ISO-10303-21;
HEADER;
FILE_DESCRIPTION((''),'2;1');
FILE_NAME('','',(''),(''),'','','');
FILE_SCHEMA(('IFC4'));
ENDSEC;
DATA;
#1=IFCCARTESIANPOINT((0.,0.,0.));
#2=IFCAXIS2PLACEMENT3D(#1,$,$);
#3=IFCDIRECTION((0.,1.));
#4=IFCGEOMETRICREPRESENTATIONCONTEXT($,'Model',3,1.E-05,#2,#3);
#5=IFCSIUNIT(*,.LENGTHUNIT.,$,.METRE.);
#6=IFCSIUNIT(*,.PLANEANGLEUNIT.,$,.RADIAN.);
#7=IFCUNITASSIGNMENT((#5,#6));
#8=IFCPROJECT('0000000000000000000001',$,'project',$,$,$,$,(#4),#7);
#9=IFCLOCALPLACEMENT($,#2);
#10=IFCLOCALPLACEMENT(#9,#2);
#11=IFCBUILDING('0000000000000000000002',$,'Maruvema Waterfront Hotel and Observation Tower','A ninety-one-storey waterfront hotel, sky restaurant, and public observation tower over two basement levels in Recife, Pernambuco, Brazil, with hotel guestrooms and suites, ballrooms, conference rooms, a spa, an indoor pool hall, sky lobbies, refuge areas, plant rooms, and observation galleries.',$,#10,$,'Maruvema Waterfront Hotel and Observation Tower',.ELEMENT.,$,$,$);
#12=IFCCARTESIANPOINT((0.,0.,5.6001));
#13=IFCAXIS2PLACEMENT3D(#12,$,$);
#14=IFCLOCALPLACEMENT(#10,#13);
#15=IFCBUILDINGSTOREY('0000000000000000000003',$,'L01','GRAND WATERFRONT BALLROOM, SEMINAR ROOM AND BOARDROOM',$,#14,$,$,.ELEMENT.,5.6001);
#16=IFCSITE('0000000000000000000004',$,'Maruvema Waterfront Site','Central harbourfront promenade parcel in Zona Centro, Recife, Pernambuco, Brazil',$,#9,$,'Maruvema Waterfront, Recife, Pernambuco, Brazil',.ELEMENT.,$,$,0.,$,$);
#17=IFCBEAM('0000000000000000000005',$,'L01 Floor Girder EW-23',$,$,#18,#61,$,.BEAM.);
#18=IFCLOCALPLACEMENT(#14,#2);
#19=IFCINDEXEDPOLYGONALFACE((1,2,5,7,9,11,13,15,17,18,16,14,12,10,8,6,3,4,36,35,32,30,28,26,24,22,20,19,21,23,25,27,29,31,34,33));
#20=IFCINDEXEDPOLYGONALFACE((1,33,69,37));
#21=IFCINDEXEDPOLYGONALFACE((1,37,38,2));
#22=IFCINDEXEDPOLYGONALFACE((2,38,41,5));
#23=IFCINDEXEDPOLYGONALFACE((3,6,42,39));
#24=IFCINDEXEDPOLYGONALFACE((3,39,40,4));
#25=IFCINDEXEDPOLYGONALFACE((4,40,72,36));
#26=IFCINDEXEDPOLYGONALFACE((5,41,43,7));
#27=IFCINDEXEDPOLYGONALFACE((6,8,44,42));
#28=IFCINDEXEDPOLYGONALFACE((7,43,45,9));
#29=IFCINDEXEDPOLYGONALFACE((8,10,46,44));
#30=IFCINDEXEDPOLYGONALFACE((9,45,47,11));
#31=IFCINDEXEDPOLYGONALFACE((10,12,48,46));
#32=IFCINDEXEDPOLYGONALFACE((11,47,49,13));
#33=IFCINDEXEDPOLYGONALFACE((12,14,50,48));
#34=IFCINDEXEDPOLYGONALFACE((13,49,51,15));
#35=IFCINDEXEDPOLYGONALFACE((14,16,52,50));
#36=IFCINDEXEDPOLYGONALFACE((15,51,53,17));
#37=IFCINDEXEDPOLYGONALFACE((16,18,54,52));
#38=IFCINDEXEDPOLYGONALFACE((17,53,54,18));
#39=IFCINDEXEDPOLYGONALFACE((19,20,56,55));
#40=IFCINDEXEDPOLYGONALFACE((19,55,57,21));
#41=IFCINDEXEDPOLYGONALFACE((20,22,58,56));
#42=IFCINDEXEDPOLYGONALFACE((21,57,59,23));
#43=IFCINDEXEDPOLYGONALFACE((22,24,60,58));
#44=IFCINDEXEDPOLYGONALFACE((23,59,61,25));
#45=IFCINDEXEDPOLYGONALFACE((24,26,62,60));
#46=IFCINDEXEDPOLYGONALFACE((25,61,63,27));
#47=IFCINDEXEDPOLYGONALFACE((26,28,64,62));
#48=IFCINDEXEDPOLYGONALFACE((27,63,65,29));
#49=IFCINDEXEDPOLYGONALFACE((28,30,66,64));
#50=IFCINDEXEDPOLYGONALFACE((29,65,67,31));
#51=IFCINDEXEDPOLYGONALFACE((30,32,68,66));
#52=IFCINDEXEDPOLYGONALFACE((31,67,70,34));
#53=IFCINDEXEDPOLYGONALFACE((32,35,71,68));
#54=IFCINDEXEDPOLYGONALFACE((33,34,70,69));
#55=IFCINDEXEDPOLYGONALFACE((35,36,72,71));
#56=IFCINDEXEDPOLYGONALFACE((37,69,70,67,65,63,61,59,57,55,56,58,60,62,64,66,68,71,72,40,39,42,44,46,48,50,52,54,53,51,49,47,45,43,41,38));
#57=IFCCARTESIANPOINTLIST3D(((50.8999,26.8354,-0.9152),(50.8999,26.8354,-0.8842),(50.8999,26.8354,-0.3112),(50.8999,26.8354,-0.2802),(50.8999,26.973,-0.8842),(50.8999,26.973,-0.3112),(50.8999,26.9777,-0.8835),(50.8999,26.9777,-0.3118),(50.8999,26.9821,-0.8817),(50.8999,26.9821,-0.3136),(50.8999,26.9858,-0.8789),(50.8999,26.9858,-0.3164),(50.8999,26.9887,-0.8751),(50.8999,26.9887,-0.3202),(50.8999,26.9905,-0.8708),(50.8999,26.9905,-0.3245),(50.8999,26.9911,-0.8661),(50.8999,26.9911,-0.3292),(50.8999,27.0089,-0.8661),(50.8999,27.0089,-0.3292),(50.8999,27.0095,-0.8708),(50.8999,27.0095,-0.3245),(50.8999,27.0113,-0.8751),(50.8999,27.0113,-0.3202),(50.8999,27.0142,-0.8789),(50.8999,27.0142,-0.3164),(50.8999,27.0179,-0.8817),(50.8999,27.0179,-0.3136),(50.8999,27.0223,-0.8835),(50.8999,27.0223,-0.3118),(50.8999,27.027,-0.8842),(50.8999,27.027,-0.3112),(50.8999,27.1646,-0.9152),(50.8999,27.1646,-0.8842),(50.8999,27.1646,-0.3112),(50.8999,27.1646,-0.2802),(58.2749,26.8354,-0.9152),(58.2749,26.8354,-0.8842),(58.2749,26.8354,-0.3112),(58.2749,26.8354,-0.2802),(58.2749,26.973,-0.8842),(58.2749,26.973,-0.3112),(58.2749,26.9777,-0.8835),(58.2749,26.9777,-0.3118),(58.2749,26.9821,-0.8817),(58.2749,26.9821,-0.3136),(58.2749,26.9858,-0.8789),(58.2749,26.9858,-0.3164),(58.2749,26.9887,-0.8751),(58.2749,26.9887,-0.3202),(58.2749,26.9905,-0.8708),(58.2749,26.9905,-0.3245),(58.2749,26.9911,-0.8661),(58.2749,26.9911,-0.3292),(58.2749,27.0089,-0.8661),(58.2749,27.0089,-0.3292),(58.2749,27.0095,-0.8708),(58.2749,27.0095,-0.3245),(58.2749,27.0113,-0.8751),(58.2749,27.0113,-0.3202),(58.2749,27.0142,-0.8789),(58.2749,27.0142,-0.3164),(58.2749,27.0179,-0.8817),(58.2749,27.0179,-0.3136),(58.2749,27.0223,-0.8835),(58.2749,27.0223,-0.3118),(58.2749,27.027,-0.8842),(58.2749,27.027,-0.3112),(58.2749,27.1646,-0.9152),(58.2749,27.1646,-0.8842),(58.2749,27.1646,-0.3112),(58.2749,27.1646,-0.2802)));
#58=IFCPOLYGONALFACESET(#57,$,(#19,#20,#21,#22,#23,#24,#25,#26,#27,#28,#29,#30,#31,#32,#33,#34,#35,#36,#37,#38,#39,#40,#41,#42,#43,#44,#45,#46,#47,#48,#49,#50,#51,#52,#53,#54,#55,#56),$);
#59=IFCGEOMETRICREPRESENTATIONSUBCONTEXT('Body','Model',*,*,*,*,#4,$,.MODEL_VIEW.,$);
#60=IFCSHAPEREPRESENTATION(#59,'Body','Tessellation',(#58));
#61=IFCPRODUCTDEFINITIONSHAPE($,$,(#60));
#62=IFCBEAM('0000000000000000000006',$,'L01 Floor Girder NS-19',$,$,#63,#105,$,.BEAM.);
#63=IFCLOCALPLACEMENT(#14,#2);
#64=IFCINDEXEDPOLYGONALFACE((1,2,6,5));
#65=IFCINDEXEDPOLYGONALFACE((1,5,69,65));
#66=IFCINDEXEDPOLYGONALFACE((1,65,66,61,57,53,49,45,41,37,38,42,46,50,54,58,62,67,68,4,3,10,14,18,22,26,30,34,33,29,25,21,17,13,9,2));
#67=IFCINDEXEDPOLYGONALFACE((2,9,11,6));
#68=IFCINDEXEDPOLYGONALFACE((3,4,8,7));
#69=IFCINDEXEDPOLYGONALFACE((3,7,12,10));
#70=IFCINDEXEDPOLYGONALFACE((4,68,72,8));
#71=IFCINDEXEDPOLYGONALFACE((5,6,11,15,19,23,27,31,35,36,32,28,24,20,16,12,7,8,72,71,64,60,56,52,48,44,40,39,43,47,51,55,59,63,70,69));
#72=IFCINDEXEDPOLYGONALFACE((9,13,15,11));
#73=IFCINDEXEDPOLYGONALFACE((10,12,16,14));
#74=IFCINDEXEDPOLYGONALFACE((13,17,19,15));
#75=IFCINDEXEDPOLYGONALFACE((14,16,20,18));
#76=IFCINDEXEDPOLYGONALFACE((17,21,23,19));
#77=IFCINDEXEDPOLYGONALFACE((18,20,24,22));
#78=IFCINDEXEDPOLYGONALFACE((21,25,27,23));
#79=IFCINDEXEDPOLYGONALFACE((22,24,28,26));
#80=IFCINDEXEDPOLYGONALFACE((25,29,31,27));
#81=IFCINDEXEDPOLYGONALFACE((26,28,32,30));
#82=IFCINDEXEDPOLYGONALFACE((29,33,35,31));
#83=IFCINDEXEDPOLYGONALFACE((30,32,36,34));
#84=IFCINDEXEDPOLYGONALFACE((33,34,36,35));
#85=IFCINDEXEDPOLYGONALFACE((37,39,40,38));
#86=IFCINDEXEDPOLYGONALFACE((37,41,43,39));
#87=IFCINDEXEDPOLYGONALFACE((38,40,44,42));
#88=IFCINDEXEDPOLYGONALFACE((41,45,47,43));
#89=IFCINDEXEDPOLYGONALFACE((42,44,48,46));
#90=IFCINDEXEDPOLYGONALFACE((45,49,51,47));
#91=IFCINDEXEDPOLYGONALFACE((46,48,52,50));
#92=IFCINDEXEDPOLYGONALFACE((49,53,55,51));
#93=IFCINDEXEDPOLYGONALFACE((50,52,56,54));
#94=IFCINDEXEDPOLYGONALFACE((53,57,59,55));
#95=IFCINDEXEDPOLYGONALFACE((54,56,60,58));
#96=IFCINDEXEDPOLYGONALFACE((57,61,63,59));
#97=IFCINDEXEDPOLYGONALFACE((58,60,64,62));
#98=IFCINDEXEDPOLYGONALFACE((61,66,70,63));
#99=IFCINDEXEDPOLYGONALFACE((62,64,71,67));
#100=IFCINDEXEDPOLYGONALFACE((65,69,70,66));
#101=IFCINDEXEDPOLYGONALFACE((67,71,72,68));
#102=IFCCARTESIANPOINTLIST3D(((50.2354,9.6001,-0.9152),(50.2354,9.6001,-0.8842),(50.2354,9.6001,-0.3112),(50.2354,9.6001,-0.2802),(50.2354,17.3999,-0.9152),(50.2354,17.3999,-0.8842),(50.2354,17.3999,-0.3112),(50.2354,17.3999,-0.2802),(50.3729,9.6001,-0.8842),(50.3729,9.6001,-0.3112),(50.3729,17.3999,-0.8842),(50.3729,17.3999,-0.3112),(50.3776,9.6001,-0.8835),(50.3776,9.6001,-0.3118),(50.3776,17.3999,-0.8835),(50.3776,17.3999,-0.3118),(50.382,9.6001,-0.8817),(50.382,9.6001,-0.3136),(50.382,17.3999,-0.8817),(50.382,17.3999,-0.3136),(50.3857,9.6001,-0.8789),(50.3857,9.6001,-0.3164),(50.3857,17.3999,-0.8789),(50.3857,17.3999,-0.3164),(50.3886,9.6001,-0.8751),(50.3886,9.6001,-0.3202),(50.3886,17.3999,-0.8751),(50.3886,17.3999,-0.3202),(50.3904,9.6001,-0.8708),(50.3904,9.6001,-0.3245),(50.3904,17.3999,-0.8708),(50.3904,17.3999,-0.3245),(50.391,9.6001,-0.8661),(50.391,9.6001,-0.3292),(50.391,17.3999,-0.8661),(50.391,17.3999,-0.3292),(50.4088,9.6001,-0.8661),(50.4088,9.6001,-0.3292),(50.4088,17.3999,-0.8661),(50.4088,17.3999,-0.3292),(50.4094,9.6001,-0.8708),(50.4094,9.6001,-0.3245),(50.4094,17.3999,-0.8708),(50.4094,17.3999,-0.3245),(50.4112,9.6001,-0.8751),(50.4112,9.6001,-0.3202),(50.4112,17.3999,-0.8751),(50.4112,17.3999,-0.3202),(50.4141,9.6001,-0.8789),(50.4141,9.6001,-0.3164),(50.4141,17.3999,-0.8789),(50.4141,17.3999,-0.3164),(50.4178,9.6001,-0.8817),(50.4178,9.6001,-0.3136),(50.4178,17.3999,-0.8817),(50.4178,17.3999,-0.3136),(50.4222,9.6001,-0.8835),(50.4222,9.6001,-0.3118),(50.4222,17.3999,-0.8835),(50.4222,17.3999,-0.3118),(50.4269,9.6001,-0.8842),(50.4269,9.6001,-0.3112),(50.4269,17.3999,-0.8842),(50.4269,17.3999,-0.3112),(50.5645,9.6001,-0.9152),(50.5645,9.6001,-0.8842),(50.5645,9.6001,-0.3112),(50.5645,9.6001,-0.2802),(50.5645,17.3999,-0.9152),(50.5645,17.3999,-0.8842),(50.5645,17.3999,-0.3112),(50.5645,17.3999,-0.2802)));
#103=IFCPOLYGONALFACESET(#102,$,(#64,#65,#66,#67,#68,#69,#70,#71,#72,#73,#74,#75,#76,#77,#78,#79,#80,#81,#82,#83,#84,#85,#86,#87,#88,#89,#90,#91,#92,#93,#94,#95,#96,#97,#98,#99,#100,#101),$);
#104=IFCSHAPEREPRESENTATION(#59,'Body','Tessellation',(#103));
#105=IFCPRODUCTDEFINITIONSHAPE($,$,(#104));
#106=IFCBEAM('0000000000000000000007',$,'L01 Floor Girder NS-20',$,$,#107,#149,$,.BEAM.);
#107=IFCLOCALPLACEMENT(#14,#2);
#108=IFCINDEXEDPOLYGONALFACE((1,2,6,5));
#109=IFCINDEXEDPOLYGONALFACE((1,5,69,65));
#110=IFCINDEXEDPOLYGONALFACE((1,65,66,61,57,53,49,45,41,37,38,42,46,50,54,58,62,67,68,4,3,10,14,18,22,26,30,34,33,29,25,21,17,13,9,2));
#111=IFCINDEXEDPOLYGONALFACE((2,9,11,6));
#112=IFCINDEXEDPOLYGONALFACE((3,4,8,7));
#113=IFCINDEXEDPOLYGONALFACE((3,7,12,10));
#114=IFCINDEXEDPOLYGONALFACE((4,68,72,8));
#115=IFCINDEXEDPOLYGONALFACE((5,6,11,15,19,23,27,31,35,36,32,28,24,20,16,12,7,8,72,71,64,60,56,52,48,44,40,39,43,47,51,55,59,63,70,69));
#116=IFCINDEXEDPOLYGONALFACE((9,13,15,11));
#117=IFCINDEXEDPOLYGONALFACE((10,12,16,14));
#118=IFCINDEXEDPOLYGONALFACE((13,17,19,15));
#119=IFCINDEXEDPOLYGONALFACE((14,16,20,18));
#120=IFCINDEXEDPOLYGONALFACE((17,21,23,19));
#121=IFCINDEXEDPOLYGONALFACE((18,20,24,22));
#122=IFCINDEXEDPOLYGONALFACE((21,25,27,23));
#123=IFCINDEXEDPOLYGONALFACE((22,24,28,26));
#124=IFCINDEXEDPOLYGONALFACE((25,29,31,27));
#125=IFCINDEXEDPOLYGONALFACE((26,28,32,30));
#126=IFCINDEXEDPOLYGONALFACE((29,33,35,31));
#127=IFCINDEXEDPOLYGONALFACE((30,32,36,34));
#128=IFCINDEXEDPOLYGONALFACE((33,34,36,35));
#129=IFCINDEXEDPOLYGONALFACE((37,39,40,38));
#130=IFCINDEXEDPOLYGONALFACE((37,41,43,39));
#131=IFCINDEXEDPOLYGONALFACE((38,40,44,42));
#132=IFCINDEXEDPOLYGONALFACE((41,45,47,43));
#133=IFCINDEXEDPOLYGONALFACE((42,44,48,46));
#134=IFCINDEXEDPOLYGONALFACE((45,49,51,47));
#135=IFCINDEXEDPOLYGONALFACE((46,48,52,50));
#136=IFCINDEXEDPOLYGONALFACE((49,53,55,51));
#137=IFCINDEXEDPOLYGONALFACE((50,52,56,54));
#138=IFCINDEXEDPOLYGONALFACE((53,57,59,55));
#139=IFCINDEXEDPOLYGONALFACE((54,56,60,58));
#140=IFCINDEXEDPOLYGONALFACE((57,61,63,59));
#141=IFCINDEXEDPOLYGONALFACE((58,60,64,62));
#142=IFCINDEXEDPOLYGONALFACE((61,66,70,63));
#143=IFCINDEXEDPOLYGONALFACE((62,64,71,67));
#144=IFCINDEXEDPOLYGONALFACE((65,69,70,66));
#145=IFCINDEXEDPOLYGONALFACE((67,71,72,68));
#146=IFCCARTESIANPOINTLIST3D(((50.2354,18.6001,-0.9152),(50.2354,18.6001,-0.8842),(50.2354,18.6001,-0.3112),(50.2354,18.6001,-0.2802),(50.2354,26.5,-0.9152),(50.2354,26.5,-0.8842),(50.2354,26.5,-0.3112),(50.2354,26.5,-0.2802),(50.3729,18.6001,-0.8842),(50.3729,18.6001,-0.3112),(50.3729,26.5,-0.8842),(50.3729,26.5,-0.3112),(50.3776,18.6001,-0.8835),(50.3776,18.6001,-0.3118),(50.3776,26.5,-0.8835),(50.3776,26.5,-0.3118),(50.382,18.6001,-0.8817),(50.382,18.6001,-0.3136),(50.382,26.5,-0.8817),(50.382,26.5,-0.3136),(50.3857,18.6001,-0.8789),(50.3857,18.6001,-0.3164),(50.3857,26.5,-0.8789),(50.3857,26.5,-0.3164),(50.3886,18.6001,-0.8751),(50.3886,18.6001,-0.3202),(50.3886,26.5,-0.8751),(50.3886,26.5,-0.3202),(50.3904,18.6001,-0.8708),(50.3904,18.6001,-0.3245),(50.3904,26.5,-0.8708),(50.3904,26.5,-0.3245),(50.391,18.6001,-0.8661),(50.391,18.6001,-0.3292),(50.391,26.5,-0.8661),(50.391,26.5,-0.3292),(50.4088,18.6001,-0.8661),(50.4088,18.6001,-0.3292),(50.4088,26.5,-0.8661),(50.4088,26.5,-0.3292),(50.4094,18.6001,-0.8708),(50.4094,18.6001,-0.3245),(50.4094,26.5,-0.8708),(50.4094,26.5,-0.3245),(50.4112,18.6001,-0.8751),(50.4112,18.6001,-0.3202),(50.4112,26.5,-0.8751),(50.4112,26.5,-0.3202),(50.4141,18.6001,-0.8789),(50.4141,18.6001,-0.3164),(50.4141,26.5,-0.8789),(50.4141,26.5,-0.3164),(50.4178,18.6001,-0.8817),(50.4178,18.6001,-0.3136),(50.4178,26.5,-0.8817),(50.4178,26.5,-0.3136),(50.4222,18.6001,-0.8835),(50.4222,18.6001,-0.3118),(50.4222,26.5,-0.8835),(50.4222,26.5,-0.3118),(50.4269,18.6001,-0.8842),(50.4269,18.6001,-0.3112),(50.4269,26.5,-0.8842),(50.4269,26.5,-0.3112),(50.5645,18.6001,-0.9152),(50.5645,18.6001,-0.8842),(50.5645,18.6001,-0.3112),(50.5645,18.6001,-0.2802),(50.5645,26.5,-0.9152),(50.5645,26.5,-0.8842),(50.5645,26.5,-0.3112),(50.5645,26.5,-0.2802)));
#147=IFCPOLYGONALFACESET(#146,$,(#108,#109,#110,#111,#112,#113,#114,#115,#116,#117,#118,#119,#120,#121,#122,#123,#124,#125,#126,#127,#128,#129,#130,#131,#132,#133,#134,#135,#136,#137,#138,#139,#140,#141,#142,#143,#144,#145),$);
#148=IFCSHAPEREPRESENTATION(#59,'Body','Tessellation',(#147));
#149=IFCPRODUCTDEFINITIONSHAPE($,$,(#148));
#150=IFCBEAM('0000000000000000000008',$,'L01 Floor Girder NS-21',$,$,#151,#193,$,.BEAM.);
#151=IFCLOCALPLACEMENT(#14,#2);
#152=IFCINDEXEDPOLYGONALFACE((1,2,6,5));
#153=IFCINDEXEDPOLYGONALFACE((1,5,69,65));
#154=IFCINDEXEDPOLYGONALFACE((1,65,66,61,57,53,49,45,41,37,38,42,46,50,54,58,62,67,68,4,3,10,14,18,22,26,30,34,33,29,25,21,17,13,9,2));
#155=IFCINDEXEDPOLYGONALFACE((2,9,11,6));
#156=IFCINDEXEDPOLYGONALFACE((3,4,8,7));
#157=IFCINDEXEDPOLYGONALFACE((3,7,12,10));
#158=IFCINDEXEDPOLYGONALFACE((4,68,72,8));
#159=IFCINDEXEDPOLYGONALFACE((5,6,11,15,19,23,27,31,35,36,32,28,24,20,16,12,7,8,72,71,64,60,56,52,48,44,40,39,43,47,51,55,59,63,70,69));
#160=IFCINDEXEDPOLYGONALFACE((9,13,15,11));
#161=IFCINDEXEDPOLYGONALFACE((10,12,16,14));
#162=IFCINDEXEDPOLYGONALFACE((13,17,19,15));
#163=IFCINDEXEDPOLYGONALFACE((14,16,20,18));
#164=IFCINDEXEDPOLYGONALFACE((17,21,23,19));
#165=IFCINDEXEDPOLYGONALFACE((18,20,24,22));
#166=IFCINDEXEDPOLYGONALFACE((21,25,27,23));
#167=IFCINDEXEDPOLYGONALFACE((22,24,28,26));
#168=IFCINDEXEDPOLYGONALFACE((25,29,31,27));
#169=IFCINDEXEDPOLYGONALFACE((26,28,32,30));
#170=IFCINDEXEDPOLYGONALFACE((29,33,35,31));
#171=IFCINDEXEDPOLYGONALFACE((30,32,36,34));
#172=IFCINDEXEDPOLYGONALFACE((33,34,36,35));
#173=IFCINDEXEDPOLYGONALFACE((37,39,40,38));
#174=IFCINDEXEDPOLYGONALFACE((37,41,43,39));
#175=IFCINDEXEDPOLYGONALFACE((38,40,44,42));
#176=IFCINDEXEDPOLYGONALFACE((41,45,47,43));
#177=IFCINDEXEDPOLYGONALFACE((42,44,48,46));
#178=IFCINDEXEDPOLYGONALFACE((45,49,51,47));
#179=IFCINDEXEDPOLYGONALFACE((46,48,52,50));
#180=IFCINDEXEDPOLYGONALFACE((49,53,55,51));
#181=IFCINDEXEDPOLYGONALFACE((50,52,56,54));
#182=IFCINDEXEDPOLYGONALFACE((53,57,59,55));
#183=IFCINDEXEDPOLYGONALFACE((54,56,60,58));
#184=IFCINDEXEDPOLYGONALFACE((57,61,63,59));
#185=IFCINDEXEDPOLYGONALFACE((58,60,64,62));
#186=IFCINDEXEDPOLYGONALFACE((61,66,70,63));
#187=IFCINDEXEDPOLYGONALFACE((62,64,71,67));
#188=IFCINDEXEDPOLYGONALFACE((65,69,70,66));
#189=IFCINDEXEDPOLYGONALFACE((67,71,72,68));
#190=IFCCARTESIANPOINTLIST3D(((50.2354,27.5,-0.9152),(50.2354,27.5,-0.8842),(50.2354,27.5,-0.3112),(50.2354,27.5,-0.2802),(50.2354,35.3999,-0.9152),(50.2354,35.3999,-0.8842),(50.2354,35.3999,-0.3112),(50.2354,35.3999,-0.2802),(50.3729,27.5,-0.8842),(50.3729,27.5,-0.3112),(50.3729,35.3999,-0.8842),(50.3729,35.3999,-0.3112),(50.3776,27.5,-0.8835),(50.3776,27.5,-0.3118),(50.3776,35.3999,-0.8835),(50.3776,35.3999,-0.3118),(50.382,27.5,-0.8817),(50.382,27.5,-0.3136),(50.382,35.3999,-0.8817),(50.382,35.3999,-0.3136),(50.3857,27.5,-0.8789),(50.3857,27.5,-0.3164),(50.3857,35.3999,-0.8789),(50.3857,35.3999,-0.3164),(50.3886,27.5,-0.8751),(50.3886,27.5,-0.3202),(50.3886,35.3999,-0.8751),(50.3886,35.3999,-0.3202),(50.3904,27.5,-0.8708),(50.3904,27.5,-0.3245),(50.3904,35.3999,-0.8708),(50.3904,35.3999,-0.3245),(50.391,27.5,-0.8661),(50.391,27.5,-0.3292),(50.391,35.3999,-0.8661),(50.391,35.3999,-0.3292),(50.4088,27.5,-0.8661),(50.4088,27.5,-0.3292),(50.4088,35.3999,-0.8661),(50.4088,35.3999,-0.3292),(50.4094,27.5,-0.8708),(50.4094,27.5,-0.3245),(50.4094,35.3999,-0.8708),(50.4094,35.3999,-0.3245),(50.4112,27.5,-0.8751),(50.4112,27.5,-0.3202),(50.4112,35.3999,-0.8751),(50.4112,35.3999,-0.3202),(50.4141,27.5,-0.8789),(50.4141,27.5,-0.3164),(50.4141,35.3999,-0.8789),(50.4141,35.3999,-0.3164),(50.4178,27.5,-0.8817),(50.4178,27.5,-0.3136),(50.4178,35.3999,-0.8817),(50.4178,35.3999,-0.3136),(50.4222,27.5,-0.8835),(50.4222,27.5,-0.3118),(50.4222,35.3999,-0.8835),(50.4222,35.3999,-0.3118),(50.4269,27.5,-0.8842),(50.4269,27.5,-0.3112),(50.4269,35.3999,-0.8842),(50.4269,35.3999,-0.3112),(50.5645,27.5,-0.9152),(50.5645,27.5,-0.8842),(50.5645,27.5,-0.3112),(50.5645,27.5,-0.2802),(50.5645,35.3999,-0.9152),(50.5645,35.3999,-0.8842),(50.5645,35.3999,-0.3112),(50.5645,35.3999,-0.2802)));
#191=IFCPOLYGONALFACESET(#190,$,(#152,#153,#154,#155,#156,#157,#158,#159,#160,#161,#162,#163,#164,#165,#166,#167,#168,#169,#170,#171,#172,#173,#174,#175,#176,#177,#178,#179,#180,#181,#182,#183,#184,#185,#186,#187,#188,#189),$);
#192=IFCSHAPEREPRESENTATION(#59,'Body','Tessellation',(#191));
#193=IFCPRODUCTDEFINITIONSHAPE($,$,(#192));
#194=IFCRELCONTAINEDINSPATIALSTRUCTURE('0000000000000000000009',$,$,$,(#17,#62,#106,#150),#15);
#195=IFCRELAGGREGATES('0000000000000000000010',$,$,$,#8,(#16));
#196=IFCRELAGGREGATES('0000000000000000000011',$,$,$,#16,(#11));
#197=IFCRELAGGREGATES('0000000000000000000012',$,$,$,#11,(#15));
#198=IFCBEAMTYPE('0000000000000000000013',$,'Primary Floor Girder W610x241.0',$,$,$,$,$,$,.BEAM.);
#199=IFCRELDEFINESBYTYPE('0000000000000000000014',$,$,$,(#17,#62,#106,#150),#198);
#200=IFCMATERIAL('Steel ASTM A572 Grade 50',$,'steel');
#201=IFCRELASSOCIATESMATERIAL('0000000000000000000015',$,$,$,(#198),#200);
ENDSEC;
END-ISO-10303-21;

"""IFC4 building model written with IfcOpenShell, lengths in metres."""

from ifc_helpers import new_model, si_unit, direction, frame, origin, origin_2d, place, context, subcontext, project, spatial, i_section, extrude, material, material_profile, profile_set, type_object, element, save


model = new_model("IFC4")

# Units and contexts
model_context = context("Model", 3, precision=1e-05, world=origin(), true_north=direction((0.0, 1.0)))
body_context = subcontext(model_context, "Body", "Model", "MODEL_VIEW")
ifc_project = project(units=[si_unit("LENGTHUNIT", "METRE"), si_unit("PLANEANGLEUNIT", "RADIAN")], contexts=[model_context])

# Site, building, storey
site_placement = place(None, origin())
site = spatial("IfcSite", under=ifc_project, at=site_placement, Name="Maruvema Waterfront Site", Description="Central harbourfront promenade parcel in Zona Centro, Recife, Pernambuco, Brazil", LongName="Maruvema Waterfront, Recife, Pernambuco, Brazil", CompositionType="ELEMENT", RefElevation=0.0)
building_placement = place(site_placement, origin())
building = spatial("IfcBuilding", under=site, at=building_placement, Name="Maruvema Waterfront Hotel and Observation Tower", Description="A ninety-one-storey waterfront hotel, sky restaurant, and public observation tower over two basement levels in Recife, Pernambuco, Brazil, with hotel guestrooms and suites, ballrooms, conference rooms, a spa, an indoor pool hall, sky lobbies, refuge areas, plant rooms, and observation galleries.", LongName="Maruvema Waterfront Hotel and Observation Tower", CompositionType="ELEMENT")
storey_placement = place(building_placement, frame((0.0, 0.0, 5.6001)))
storey = spatial("IfcBuildingStorey", under=building, at=storey_placement, Name="L01", Description="GRAND WATERFRONT BALLROOM, SEMINAR ROOM AND BOARDROOM", CompositionType="ELEMENT", Elevation=5.6001)

# Beams
ifc_material_1 = material(Name="Steel ASTM A572 Grade 50", Category="steel")
ifc_material_profile_1 = material_profile(ifc_material_1, i_section(OverallWidth=0.3291, OverallDepth=0.635, WebThickness=0.0178, FlangeThickness=0.031, FilletRadius=0.0181, at=origin_2d()), Name="W610x241.0")
ifc_profile_set_1 = profile_set([ifc_material_profile_1], Name="Steel ASTM A572 Grade 50")
beam_type_1 = type_object("IfcBeamType", Name="Primary Floor Girder W610x241.0", PredefinedType="BEAM", material=ifc_profile_set_1)
beam_1_placement = place(storey_placement, frame((50.8999, 27.0, -0.5977), z_axis=(1.0, 0.0, 0.0), x_axis=(0.0, 1.0, 0.0)))
element("IfcBeam", 1, at=beam_1_placement, inside=storey, type_object=beam_type_1, Name="L01 Floor Girder EW-23", PredefinedType="BEAM", context=body_context, shape_type="SweptSolid", body=[
    extrude(i_section(OverallWidth=0.3291, OverallDepth=0.635, WebThickness=0.0178, FlangeThickness=0.031, FilletRadius=0.0181, at=origin_2d()), origin(), (0.0, 0.0, 1.0), 7.375),
])
beam_2_placement = place(storey_placement, frame((50.3999, 9.6001, -0.5977), z_axis=(0.0, 1.0, 0.0), x_axis=(-1.0, 0.0, 0.0)))
element("IfcBeam", 2, at=beam_2_placement, inside=storey, type_object=beam_type_1, Name="L01 Floor Girder NS-19", PredefinedType="BEAM", context=body_context, shape_type="SweptSolid", body=[
    extrude(i_section(OverallWidth=0.3291, OverallDepth=0.635, WebThickness=0.0178, FlangeThickness=0.031, FilletRadius=0.0181, at=origin_2d()), origin(), (0.0, 0.0, 1.0), 7.7998),
])
for number, where, z_axis, x_axis, name in (
    (3, (50.3999, 18.6001, -0.5977), (0.0, 1.0, 0.0), (-1.0, 0.0, 0.0), "L01 Floor Girder NS-20"),
    (4, (50.3999, 27.5, -0.5977), (0.0, 1.0, 0.0), (-1.0, 0.0, 0.0), "L01 Floor Girder NS-21"),
):
    element("IfcBeam", number, at=place(storey_placement, frame(where, z_axis=z_axis, x_axis=x_axis)), inside=storey, type_object=beam_type_1, Name=name, PredefinedType="BEAM", context=body_context, shape_type="SweptSolid", body=[
        extrude(i_section(OverallWidth=0.3291, OverallDepth=0.635, WebThickness=0.0178, FlangeThickness=0.031, FilletRadius=0.0181, at=origin_2d()), origin(), (0.0, 0.0, 1.0), 7.8999),
    ])

save(model, "model.ifc")
